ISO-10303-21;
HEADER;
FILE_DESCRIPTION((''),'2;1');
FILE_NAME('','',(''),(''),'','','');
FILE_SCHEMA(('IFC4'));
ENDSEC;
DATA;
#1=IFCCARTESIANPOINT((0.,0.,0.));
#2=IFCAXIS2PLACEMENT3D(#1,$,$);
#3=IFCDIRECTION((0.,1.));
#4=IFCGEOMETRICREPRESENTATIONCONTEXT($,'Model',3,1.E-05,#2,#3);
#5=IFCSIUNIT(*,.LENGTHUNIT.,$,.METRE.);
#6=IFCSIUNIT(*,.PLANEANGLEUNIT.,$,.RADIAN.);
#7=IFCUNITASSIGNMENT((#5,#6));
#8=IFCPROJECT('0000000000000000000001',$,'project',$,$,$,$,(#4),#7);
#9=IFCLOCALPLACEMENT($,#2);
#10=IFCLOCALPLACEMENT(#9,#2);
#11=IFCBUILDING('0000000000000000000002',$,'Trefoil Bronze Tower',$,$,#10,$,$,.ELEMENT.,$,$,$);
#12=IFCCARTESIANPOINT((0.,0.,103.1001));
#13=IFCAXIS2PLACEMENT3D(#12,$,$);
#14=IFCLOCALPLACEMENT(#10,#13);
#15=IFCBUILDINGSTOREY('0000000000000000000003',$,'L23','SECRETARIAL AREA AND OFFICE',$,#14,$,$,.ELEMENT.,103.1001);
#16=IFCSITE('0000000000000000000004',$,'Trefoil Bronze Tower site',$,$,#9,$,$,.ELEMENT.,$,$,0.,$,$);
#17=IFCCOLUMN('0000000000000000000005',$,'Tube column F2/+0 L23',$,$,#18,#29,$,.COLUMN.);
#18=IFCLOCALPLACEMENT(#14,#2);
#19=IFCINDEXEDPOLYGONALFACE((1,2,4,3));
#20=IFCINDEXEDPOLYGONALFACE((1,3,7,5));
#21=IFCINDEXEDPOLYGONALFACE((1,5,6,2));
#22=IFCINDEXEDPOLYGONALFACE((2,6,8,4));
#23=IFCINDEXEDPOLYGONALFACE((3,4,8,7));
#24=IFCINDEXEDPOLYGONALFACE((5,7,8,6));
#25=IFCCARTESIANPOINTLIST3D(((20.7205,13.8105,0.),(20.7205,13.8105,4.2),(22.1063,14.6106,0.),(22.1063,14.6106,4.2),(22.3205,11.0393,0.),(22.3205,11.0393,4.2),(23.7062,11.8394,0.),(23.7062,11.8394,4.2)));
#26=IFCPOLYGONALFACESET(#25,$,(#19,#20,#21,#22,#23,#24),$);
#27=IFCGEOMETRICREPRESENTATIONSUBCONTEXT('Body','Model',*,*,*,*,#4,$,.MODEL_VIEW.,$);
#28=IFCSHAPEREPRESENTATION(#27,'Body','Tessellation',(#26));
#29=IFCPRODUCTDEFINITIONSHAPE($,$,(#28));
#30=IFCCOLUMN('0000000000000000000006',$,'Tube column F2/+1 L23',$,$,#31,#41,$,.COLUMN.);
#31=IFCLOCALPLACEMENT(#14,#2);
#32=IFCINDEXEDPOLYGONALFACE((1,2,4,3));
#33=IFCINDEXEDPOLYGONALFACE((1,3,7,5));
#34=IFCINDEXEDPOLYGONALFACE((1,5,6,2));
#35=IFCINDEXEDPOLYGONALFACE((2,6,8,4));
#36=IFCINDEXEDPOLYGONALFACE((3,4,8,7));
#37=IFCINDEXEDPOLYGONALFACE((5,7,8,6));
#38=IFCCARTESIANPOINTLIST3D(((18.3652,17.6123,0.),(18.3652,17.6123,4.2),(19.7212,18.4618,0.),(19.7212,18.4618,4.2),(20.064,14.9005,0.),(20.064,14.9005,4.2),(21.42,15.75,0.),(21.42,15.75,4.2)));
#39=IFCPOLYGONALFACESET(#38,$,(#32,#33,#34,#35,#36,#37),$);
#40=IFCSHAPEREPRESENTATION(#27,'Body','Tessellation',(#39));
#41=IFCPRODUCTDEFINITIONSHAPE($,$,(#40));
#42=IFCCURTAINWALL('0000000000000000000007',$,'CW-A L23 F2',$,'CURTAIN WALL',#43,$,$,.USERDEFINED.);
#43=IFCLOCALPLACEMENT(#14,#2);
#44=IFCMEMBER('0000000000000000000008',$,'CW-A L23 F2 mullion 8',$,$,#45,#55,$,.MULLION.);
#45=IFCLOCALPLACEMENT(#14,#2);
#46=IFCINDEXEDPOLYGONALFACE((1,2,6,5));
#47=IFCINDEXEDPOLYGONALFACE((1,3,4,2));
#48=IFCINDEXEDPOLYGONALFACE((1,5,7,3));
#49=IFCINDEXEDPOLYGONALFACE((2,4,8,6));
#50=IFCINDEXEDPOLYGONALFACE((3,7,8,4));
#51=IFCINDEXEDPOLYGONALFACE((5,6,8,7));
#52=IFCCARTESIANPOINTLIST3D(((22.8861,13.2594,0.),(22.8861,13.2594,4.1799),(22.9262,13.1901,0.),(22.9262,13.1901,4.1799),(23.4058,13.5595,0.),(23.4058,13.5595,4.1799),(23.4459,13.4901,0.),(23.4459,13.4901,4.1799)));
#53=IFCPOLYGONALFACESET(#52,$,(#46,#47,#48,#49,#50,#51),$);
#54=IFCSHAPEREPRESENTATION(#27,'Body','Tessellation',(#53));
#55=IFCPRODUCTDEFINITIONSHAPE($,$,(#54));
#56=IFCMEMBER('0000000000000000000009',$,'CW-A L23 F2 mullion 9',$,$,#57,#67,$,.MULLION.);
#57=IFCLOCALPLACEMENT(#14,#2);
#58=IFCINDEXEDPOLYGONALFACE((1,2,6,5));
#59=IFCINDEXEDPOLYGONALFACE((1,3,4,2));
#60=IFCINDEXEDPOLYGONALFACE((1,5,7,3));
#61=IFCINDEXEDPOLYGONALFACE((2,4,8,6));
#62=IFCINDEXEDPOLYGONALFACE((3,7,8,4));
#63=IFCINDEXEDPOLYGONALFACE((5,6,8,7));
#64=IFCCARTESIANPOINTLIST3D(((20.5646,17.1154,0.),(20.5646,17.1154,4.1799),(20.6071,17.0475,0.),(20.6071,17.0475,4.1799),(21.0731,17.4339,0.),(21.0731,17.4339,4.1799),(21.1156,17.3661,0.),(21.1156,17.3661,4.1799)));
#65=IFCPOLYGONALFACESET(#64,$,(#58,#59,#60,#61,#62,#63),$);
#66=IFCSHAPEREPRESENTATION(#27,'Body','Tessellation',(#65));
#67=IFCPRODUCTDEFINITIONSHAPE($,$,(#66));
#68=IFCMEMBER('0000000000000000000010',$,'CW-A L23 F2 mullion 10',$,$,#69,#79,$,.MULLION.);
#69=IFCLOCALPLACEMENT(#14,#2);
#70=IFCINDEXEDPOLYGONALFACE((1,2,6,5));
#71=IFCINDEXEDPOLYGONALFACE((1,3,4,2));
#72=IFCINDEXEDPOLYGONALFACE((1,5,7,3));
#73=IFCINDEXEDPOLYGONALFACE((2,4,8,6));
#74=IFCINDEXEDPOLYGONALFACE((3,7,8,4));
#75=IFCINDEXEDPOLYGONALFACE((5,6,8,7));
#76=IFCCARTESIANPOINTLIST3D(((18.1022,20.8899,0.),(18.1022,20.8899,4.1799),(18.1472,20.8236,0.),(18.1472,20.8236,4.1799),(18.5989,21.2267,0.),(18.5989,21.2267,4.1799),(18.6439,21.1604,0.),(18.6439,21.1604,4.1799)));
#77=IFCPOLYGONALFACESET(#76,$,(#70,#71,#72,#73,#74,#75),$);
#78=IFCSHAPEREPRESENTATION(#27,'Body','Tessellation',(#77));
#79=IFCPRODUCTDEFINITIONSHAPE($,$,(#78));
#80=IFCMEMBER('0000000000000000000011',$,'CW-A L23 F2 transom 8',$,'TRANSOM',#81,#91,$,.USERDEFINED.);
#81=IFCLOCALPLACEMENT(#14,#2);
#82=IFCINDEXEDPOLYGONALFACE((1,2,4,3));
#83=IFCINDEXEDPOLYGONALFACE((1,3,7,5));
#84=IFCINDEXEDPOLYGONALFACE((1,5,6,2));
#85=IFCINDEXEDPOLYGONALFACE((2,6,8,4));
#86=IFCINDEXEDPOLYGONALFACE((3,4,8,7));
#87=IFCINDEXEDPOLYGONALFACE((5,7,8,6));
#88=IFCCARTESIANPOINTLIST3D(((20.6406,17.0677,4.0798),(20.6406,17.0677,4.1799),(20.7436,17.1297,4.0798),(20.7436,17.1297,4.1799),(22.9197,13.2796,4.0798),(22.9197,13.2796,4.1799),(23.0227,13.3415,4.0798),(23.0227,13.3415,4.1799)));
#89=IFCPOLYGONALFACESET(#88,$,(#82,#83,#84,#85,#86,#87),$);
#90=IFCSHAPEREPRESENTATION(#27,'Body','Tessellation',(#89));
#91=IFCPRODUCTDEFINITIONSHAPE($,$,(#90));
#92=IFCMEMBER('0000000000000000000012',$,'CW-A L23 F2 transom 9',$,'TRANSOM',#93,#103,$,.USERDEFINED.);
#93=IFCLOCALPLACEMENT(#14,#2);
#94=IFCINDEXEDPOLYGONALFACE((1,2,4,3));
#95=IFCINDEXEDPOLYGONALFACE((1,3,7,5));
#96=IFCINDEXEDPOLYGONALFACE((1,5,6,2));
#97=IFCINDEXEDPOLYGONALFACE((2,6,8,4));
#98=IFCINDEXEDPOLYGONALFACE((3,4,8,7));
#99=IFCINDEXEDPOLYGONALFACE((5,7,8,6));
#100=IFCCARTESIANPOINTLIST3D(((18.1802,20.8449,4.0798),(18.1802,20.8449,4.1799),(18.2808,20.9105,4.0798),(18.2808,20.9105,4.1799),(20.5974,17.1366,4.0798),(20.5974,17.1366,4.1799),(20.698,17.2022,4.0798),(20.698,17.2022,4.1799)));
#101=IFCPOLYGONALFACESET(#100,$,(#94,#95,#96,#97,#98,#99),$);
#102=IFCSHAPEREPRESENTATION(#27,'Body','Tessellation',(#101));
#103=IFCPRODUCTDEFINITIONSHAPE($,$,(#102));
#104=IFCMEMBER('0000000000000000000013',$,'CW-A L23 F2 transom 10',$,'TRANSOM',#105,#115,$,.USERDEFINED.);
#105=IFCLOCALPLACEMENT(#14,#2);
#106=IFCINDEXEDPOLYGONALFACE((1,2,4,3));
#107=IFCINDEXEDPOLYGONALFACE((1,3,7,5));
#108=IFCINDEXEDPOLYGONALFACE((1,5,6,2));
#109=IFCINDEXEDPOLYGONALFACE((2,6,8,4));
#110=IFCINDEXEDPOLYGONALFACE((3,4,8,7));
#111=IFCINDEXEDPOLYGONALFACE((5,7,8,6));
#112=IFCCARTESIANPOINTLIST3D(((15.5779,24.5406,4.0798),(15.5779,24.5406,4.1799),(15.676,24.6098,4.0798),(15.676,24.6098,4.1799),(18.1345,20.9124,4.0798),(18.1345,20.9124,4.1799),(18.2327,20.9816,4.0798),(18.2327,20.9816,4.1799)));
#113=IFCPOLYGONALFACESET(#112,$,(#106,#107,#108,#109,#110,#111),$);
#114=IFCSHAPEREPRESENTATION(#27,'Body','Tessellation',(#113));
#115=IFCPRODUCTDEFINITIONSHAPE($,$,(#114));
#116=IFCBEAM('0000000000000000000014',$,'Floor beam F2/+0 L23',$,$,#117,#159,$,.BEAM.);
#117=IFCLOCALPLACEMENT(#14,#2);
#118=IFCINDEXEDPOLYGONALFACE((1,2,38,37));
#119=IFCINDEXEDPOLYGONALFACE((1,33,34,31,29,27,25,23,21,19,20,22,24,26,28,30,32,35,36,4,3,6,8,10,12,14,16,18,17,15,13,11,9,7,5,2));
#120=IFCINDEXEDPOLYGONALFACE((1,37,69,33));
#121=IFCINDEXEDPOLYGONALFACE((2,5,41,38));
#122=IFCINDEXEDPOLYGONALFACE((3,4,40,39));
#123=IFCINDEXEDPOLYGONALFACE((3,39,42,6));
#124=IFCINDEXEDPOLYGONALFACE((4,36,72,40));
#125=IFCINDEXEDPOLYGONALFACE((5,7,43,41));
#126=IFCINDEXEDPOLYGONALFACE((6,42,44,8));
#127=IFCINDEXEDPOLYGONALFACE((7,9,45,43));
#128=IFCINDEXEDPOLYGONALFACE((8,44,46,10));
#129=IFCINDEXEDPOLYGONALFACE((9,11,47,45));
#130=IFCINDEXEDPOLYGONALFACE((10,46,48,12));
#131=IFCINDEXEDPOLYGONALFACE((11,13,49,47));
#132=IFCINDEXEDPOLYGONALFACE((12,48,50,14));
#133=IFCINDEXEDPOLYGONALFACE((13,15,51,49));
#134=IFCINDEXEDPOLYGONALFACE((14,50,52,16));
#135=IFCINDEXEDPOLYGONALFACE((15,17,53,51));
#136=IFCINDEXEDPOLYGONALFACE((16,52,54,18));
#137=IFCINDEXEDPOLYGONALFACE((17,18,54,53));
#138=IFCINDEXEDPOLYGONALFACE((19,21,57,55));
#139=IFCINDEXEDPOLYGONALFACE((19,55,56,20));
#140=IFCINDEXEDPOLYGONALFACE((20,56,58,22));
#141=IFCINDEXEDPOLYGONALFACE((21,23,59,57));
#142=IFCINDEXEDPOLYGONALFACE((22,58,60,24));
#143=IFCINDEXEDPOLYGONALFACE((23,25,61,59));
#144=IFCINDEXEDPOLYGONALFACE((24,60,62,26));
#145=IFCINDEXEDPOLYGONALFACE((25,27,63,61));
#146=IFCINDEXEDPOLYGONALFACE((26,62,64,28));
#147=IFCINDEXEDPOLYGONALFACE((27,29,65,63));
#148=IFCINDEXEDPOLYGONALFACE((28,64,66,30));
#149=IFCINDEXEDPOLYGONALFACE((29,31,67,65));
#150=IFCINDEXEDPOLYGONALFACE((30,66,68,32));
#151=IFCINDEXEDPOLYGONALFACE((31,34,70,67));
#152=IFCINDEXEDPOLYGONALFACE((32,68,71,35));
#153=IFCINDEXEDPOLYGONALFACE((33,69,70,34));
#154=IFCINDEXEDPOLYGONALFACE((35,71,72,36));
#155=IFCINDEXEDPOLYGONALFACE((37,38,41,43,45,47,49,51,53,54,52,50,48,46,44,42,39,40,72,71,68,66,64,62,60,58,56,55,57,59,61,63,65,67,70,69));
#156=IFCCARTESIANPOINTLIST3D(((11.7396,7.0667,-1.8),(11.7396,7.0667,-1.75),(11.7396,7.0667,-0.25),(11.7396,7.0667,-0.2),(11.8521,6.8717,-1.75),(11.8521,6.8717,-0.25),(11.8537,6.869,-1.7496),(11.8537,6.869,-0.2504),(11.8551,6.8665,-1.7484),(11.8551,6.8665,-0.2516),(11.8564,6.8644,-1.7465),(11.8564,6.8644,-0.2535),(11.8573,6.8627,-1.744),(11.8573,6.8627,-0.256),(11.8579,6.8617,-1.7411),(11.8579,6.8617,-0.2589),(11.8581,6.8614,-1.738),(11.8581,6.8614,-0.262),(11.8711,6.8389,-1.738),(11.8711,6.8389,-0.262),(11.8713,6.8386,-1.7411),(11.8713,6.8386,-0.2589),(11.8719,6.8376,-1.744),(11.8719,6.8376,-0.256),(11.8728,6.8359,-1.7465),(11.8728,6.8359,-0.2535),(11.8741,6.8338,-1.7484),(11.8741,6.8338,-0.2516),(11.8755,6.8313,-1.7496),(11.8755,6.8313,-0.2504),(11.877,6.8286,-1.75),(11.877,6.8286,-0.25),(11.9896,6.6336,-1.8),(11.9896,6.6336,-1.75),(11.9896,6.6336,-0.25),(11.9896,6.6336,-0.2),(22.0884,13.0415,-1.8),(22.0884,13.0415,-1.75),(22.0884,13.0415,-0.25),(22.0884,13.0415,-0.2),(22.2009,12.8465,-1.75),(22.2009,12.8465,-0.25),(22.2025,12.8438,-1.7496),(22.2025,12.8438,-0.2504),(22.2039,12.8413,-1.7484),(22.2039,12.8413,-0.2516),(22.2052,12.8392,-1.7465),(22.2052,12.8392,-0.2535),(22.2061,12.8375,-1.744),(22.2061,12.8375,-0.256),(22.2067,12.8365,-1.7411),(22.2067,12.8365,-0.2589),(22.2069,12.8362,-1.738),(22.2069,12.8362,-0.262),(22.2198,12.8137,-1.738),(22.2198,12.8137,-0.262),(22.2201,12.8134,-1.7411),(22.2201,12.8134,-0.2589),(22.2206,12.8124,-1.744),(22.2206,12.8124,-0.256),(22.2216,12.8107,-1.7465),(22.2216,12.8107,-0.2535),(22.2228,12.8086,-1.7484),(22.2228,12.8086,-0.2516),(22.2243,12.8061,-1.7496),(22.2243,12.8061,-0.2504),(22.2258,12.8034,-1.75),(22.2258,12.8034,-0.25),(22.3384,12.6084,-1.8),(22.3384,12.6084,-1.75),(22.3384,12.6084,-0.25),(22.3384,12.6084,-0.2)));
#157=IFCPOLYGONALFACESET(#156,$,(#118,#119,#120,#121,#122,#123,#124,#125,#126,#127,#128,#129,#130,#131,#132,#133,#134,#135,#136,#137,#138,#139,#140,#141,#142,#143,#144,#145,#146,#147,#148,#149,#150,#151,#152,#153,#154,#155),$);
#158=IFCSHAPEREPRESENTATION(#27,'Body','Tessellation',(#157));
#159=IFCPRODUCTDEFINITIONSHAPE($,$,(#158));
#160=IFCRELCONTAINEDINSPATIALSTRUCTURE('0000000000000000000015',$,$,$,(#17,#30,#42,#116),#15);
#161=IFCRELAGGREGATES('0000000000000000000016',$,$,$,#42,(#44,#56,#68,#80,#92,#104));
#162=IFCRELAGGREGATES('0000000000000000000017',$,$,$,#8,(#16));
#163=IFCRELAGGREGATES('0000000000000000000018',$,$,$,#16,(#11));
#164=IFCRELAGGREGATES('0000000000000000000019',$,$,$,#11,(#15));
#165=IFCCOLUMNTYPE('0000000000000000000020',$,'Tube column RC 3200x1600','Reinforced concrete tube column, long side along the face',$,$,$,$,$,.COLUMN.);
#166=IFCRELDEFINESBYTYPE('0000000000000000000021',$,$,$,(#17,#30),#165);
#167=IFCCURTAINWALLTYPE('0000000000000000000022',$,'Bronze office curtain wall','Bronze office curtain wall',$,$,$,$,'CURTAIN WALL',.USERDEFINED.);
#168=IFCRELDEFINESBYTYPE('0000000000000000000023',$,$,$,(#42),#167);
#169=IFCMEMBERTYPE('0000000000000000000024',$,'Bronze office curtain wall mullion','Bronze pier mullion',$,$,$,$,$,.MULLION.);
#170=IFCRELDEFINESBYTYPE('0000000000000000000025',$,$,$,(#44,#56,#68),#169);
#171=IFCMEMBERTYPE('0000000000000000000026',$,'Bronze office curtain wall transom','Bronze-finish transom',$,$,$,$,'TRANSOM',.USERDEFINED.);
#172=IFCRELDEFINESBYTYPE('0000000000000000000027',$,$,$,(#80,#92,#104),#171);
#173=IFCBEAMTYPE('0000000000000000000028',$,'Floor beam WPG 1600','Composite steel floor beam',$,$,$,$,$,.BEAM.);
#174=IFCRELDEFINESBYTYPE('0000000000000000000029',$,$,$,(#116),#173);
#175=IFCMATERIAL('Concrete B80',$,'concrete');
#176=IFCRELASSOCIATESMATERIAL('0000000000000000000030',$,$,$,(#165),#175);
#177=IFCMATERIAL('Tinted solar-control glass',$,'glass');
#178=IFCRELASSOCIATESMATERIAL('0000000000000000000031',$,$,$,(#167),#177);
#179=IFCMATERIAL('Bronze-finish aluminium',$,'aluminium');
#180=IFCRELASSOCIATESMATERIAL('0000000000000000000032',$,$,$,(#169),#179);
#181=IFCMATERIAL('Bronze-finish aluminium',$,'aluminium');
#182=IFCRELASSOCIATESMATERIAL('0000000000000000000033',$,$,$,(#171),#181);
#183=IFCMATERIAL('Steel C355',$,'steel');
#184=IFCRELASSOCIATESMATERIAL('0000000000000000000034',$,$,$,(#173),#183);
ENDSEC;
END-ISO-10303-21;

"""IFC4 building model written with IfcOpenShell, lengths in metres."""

from ifc_helpers import new_model, si_unit, direction, frame, origin, origin_2d, place, context, subcontext, project, spatial, rectangle, i_section, extrude, material, material_profile, profile_set, type_object, element, aggregate, save


model = new_model("IFC4")

# Units and contexts
model_context = context("Model", 3, precision=1e-05, world=origin(), true_north=direction((0.0, 1.0)))
body_context = subcontext(model_context, "Body", "Model", "MODEL_VIEW")
ifc_project = project(units=[si_unit("LENGTHUNIT", "METRE"), si_unit("PLANEANGLEUNIT", "RADIAN")], contexts=[model_context])

# Site, building, storey
site_placement = place(None, origin())
site = spatial("IfcSite", under=ifc_project, at=site_placement, Name="Trefoil Bronze Tower site", CompositionType="ELEMENT", RefElevation=0.0)
building_placement = place(site_placement, origin())
building = spatial("IfcBuilding", under=site, at=building_placement, Name="Trefoil Bronze Tower", CompositionType="ELEMENT")
storey_placement = place(building_placement, frame((0.0, 0.0, 103.1001)))
storey = spatial("IfcBuildingStorey", under=building, at=storey_placement, Name="L23", Description="SECRETARIAL AREA AND OFFICE", CompositionType="ELEMENT", Elevation=103.1001)

# Columns
ifc_material_1 = material(Name="Concrete B80", Category="concrete")
ifc_material_profile_1 = material_profile(ifc_material_1, rectangle(XDim=3.2, YDim=1.6001, at=origin_2d()), Name="RC 3200x1600")
ifc_profile_set_1 = profile_set([ifc_material_profile_1], Name="Concrete B80")
column_type = type_object("IfcColumnType", Name="Tube column RC 3200x1600", Description="Reinforced concrete tube column, long side along the face", PredefinedType="COLUMN", material=ifc_profile_set_1)
for number, where, z_axis, x_axis, name in (
    (1, (22.2134, 12.825, 0.0), (0.0, 0.0, 1.0), (-0.5, 0.866025, 0.0), "Tube column F2/+0 L23"),
    (2, (19.8926, 16.6812, 0.0), (0.0, 0.0, 1.0), (-0.530893, 0.847439, 0.0), "Tube column F2/+1 L23"),
):
    element("IfcColumn", number, at=place(storey_placement, frame(where, z_axis=z_axis, x_axis=x_axis)), inside=storey, type_object=column_type, Name=name, PredefinedType="COLUMN", context=body_context, shape_type="SweptSolid", body=[
        extrude(rectangle(XDim=3.2, YDim=1.6001, at=origin_2d()), origin(), (0.0, 0.0, 1.0), 4.2),
    ])

# Curtain wall, members
ifc_material_2 = material(Name="Tinted solar-control glass", Category="glass")
curtain_wall_type = type_object("IfcCurtainWallType", Name="Bronze office curtain wall", Description="Bronze office curtain wall", ElementType="CURTAIN WALL", PredefinedType="USERDEFINED", material=ifc_material_2)
curtain_wall_placement = place(storey_placement, origin())
curtain_wall = element("IfcCurtainWall", 3, at=curtain_wall_placement, inside=storey, type_object=curtain_wall_type, Name="CW-A L23 F2", ObjectType="CURTAIN WALL", PredefinedType="USERDEFINED")
ifc_material_3 = material(Name="Bronze-finish aluminium", Category="aluminium")
ifc_material_profile_2 = material_profile(ifc_material_3, rectangle(XDim=0.6001, YDim=0.0801, at=origin_2d()), Name="CW-A mullion")
ifc_profile_set_2 = profile_set([ifc_material_profile_2], Name="Bronze-finish aluminium")
member_type_1 = type_object("IfcMemberType", Name="Bronze office curtain wall mullion", Description="Bronze pier mullion", PredefinedType="MULLION", material=ifc_profile_set_2)
member_1_placement = place(storey_placement, frame((23.166, 13.3748, 0.0), z_axis=(0.0, 0.0, 1.0), x_axis=(-0.866025, -0.5, 0.0)))
member_1 = element("IfcMember", 4, at=member_1_placement, type_object=member_type_1, Name="CW-A L23 F2 mullion 8", PredefinedType="MULLION", context=body_context, shape_type="SweptSolid", body=[
    extrude(rectangle(XDim=0.6001, YDim=0.0801, at=origin_2d()), origin(), (0.0, 0.0, 1.0), 4.1799),
])
member_2_placement = place(storey_placement, frame((20.8401, 17.2407, 0.0), z_axis=(0.0, 0.0, 1.0), x_axis=(-0.847439, -0.530893, 0.0)))
member_2 = element("IfcMember", 5, at=member_2_placement, type_object=member_type_1, Name="CW-A L23 F2 mullion 9", PredefinedType="MULLION", context=body_context, shape_type="SweptSolid", body=[
    extrude(rectangle(XDim=0.6001, YDim=0.0801, at=origin_2d()), origin(), (0.0, 0.0, 1.0), 4.1799),
])
member_3_placement = place(storey_placement, frame((18.373, 21.0251, 0.0), z_axis=(0.0, 0.0, 1.0), x_axis=(-0.827724, -0.561136, 0.0)))
member_3 = element("IfcMember", 6, at=member_3_placement, type_object=member_type_1, Name="CW-A L23 F2 mullion 10", PredefinedType="MULLION", context=body_context, shape_type="SweptSolid", body=[
    extrude(rectangle(XDim=0.6001, YDim=0.0801, at=origin_2d()), origin(), (0.0, 0.0, 1.0), 4.1799),
])
ifc_material_4 = material(Name="Bronze-finish aluminium", Category="aluminium")
ifc_material_profile_3 = material_profile(ifc_material_4, rectangle(XDim=0.1201, YDim=0.1001, at=origin_2d()), Name="CW-A transom")
ifc_profile_set_3 = profile_set([ifc_material_profile_3], Name="Bronze-finish aluminium")
member_type_2 = type_object("IfcMemberType", Name="Bronze office curtain wall transom", Description="Bronze-finish transom", ElementType="TRANSOM", PredefinedType="USERDEFINED", material=ifc_profile_set_3)
member_4_placement = place(storey_placement, frame((22.9712, 13.3105, 4.1299), z_axis=(-0.515527, 0.856873, 0.0), x_axis=(-0.856873, -0.515527, 0.0)))
member_4 = element("IfcMember", 7, at=member_4_placement, type_object=member_type_2, Name="CW-A L23 F2 transom 8", ObjectType="TRANSOM", PredefinedType="USERDEFINED", context=body_context, shape_type="SweptSolid", body=[
    extrude(rectangle(XDim=0.1201, YDim=0.1001, at=origin_2d()), origin(), (0.0, 0.0, 1.0), 4.4209),
])
member_5_placement = place(storey_placement, frame((20.6477, 17.1694, 4.1299), z_axis=(-0.546079, 0.837733, 0.0), x_axis=(-0.837733, -0.546079, 0.0)))
member_5 = element("IfcMember", 8, at=member_5_placement, type_object=member_type_2, Name="CW-A L23 F2 transom 9", ObjectType="TRANSOM", PredefinedType="USERDEFINED", context=body_context, shape_type="SweptSolid", body=[
    extrude(rectangle(XDim=0.1201, YDim=0.1001, at=origin_2d()), origin(), (0.0, 0.0, 1.0), 4.4265),
])
member_6_placement = place(storey_placement, frame((18.1836, 20.947, 4.1299), z_axis=(-0.576018, 0.817437, 0.0), x_axis=(-0.817437, -0.576018, 0.0)))
member_6 = element("IfcMember", 9, at=member_6_placement, type_object=member_type_2, Name="CW-A L23 F2 transom 10", ObjectType="TRANSOM", PredefinedType="USERDEFINED", context=body_context, shape_type="SweptSolid", body=[
    extrude(rectangle(XDim=0.1201, YDim=0.1001, at=origin_2d()), origin(), (0.0, 0.0, 1.0), 4.4385),
])

# Beam
ifc_material_5 = material(Name="Steel C355", Category="steel")
ifc_material_profile_4 = material_profile(ifc_material_5, i_section(OverallWidth=0.5, OverallDepth=1.6001, WebThickness=0.0259, FlangeThickness=0.05, FilletRadius=0.012, at=origin_2d()), Name="WPG 1600")
ifc_profile_set_4 = profile_set([ifc_material_profile_4], Name="Steel C355")
beam_type_1 = type_object("IfcBeamType", Name="Floor beam WPG 1600", Description="Composite steel floor beam", PredefinedType="BEAM", material=ifc_profile_set_4)
beam_1_placement = place(storey_placement, frame((22.2134, 12.825, -1.0), z_axis=(-0.866028, -0.499995, 0.0), x_axis=(0.499995, -0.866028, 0.0)))
element("IfcBeam", 10, at=beam_1_placement, inside=storey, type_object=beam_type_1, Name="Floor beam F2/+0 L23", PredefinedType="BEAM", context=body_context, shape_type="SweptSolid", body=[
    extrude(i_section(OverallWidth=0.5, OverallDepth=1.6001, WebThickness=0.0259, FlangeThickness=0.05, FilletRadius=0.012, at=origin_2d()), origin(), (0.0, 0.0, 1.0), 11.9497),
])

aggregate(curtain_wall, [member_1, member_2, member_3, member_4, member_5, member_6])

save(model, "model.ifc")
